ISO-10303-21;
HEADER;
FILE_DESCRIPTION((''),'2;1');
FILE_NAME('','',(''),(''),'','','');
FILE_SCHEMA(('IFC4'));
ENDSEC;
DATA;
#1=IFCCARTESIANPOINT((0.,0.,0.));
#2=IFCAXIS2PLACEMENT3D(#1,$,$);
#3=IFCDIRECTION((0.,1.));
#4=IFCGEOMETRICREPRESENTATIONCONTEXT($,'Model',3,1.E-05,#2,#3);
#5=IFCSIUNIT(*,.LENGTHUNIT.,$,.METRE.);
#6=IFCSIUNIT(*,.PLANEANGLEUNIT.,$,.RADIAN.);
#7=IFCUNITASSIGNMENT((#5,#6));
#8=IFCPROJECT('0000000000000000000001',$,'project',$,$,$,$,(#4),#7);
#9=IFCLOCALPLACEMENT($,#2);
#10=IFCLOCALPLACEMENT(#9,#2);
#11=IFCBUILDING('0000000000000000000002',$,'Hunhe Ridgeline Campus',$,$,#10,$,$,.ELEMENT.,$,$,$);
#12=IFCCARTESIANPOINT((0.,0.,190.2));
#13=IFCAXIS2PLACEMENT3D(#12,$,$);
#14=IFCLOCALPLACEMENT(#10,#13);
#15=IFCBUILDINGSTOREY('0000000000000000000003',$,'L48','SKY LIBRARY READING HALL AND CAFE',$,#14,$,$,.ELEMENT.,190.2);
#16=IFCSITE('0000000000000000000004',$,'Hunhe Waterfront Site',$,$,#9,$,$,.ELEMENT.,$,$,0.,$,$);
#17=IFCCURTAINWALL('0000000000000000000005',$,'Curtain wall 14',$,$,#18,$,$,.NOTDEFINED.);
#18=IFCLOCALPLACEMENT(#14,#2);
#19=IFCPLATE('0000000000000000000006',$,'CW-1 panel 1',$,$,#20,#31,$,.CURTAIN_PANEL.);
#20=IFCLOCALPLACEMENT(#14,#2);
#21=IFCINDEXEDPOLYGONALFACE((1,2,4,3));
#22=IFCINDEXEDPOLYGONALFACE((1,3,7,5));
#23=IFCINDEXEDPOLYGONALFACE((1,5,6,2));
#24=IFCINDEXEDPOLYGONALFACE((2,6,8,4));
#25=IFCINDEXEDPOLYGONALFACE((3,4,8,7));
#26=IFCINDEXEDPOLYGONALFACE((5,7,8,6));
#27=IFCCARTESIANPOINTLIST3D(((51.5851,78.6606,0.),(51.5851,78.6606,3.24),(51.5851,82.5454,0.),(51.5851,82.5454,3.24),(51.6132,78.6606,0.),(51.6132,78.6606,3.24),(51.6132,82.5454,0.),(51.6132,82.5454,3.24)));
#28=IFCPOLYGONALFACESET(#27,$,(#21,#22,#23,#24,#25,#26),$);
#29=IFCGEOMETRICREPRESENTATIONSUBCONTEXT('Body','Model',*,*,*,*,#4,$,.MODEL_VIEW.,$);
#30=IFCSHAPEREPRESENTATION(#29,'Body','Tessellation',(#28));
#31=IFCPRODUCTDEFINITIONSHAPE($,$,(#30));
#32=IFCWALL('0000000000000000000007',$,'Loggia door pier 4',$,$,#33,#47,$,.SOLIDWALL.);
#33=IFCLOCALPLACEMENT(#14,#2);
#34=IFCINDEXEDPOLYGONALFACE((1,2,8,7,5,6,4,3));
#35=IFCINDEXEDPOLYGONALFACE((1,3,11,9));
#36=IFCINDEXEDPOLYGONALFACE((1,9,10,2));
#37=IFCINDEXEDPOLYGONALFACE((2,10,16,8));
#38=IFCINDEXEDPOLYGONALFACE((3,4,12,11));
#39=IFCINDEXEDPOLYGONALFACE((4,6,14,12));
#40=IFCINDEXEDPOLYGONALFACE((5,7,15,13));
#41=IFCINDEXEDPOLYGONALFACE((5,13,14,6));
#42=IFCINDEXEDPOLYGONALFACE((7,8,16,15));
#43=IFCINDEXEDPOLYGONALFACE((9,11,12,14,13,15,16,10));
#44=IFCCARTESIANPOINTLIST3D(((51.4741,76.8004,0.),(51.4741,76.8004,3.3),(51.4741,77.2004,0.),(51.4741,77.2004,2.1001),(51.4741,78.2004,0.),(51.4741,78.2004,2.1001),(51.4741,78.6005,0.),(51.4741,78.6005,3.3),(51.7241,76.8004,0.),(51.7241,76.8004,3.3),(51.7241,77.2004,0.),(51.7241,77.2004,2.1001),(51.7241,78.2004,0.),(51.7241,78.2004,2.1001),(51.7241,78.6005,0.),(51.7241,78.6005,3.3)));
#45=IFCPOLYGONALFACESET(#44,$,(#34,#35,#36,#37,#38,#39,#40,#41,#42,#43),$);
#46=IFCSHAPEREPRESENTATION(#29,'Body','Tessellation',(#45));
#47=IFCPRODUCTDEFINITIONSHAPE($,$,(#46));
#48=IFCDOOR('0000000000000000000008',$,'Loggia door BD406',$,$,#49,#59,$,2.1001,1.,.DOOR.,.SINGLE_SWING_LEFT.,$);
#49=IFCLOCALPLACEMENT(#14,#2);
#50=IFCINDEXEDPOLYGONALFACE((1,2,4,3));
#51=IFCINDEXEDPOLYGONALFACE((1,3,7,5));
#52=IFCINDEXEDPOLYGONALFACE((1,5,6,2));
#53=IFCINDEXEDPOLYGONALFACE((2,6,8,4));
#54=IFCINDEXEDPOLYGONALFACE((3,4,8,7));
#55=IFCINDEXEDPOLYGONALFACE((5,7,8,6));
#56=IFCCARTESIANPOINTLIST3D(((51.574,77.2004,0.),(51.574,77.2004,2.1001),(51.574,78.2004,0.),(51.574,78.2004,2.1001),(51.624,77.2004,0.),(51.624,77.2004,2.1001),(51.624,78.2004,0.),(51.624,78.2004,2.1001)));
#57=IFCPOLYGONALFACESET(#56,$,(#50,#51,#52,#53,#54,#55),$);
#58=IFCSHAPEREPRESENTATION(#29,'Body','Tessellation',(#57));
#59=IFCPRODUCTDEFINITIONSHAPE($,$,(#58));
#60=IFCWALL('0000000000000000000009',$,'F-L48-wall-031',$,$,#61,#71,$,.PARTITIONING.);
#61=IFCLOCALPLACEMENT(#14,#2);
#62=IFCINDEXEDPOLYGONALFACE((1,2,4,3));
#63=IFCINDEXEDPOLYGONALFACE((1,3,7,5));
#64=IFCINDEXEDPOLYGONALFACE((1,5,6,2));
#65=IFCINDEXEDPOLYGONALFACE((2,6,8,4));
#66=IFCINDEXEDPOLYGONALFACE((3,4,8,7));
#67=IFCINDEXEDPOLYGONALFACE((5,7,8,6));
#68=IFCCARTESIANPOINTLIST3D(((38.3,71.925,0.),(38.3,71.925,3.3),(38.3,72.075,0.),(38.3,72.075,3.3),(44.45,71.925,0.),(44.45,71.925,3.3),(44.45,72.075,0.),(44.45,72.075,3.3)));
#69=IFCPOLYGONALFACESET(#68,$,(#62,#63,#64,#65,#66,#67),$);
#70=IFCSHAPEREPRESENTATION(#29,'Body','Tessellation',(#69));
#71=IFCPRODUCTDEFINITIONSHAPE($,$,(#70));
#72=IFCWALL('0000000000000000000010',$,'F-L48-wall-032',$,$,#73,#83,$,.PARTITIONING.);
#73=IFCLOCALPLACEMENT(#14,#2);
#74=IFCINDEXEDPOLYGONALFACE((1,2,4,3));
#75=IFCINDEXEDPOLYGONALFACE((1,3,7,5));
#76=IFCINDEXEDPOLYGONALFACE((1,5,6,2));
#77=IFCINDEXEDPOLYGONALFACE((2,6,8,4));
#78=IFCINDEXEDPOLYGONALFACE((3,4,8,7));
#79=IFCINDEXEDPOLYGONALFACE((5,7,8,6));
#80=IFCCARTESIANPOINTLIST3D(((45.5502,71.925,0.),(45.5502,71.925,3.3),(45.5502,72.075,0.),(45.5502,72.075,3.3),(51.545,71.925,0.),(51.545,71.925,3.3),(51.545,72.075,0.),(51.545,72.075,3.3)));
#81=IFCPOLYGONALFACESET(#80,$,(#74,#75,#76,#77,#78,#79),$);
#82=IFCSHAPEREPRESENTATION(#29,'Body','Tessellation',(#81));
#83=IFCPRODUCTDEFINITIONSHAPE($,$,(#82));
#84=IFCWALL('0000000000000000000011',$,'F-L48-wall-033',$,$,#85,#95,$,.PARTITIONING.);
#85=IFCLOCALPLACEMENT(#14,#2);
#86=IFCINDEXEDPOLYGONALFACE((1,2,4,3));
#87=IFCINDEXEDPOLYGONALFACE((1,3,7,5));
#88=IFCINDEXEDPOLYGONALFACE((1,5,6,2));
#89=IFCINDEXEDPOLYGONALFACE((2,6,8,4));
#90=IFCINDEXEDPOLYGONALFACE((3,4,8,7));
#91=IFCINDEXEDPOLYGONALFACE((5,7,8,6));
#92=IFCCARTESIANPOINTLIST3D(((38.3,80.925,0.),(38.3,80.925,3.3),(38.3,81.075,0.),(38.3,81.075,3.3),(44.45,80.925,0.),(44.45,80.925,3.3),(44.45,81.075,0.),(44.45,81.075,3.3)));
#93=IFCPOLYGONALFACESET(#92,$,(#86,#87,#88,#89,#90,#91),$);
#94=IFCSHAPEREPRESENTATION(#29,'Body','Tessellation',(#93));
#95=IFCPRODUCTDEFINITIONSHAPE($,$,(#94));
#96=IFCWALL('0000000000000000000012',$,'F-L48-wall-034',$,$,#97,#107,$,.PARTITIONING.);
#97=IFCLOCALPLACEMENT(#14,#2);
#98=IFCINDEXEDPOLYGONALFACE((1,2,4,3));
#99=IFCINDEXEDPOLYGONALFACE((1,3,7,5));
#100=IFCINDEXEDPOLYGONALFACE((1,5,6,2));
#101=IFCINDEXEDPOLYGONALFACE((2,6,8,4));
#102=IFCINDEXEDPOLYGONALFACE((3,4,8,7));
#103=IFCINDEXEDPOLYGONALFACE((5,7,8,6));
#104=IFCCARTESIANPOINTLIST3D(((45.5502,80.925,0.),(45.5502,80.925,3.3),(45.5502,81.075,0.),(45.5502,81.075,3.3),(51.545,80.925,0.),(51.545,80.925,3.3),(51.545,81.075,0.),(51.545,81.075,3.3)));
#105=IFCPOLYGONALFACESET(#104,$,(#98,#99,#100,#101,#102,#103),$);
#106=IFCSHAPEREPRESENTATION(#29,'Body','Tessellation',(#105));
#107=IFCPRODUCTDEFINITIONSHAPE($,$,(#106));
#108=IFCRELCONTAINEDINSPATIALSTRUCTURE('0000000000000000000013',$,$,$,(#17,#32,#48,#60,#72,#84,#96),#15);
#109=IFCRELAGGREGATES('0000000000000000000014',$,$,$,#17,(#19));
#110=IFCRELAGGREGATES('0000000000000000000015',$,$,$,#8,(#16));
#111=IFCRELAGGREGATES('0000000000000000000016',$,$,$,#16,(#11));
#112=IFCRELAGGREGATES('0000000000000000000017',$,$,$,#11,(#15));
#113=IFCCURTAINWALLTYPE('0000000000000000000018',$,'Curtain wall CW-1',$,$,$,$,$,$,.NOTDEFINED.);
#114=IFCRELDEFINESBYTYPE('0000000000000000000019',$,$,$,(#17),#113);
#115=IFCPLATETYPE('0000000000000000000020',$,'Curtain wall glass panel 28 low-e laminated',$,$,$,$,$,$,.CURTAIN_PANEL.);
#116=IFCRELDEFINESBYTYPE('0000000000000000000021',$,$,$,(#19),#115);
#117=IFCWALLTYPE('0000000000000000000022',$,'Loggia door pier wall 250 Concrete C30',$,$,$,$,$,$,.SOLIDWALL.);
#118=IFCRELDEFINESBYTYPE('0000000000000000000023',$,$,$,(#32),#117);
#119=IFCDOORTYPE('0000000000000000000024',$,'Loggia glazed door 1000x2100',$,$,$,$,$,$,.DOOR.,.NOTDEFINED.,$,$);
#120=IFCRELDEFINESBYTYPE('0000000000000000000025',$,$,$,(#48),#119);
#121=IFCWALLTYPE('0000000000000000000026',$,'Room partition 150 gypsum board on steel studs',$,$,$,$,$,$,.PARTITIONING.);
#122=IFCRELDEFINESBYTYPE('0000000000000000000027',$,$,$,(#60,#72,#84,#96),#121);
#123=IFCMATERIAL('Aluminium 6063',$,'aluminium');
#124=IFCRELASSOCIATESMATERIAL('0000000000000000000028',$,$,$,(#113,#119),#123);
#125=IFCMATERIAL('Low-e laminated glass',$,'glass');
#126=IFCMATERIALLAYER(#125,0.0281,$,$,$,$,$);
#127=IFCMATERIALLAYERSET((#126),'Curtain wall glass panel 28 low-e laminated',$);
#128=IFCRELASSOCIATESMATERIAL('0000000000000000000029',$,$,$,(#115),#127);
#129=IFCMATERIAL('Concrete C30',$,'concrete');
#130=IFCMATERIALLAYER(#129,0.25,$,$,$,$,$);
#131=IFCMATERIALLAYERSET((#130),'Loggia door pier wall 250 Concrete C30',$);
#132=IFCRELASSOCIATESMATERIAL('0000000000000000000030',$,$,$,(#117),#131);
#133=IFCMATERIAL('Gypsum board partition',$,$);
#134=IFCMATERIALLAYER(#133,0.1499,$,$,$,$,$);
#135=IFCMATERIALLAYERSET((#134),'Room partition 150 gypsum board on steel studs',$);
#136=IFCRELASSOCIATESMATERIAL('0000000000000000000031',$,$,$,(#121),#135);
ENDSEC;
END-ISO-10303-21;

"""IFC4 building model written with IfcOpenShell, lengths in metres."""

from ifc_helpers import new_model, si_unit, direction, frame, frame_2d, origin, origin_2d, place, context, subcontext, project, spatial, rectangle, extrude, material, layer, layer_set, type_object, element, fill, aggregate, save


model = new_model("IFC4")

# Units and contexts
model_context = context("Model", 3, precision=1e-05, world=origin(), true_north=direction((0.0, 1.0)))
body_context = subcontext(model_context, "Body", "Model", "MODEL_VIEW")
ifc_project = project(units=[si_unit("LENGTHUNIT", "METRE"), si_unit("PLANEANGLEUNIT", "RADIAN")], contexts=[model_context])

# Site, building, storey
site_placement = place(None, origin())
site = spatial("IfcSite", under=ifc_project, at=site_placement, Name="Hunhe Waterfront Site", CompositionType="ELEMENT", RefElevation=0.0)
building_placement = place(site_placement, origin())
building = spatial("IfcBuilding", under=site, at=building_placement, Name="Hunhe Ridgeline Campus", CompositionType="ELEMENT")
storey_placement = place(building_placement, frame((0.0, 0.0, 190.2)))
storey = spatial("IfcBuildingStorey", under=building, at=storey_placement, Name="L48", Description="SKY LIBRARY READING HALL AND CAFE", CompositionType="ELEMENT", Elevation=190.2)

# Curtain wall
ifc_material_1 = material(Name="Aluminium 6063", Category="aluminium")
curtain_wall_type = type_object("IfcCurtainWallType", Name="Curtain wall CW-1", PredefinedType="NOTDEFINED", material=ifc_material_1)
curtain_wall_1_placement = place(storey_placement, origin())
curtain_wall_1 = element("IfcCurtainWall", 1, at=curtain_wall_1_placement, inside=storey, type_object=curtain_wall_type, Name="Curtain wall 14", PredefinedType="NOTDEFINED")

# Plate
ifc_material_2 = material(Name="Low-e laminated glass", Category="glass")
ifc_layer_1 = layer(ifc_material_2, 0.0281)
ifc_layer_set_1 = layer_set([ifc_layer_1], Name="Curtain wall glass panel 28 low-e laminated")
plate_type = type_object("IfcPlateType", Name="Curtain wall glass panel 28 low-e laminated", PredefinedType="CURTAIN_PANEL", material=ifc_layer_set_1)
plate_1_placement = place(storey_placement, frame((51.5991, 80.603, 0.0), z_axis=(0.0, 0.0, 1.0), x_axis=(0.0, 1.0, 0.0)))
plate_1 = element("IfcPlate", 2, at=plate_1_placement, type_object=plate_type, Name="CW-1 panel 1", PredefinedType="CURTAIN_PANEL", context=body_context, shape_type="SweptSolid", body=[
    extrude(rectangle(XDim=3.8848, YDim=0.0281, at=origin_2d()), origin(), (0.0, 0.0, 1.0), 3.24),
])
aggregate(curtain_wall_1, [plate_1])

# Wall, opening, door
ifc_material_3 = material(Name="Concrete C30", Category="concrete")
ifc_layer_2 = layer(ifc_material_3, 0.25)
ifc_layer_set_2 = layer_set([ifc_layer_2], Name="Loggia door pier wall 250 Concrete C30")
wall_type_1 = type_object("IfcWallType", Name="Loggia door pier wall 250 Concrete C30", PredefinedType="SOLIDWALL", material=ifc_layer_set_2)
wall_1_placement = place(storey_placement, frame((51.5991, 76.8005, 0.0), z_axis=(0.0, 0.0, 1.0), x_axis=(0.0, 1.0, 0.0)))
wall_1 = element("IfcWall", 3, at=wall_1_placement, inside=storey, type_object=wall_type_1, Name="Loggia door pier 4", PredefinedType="SOLIDWALL", context=body_context, shape_type="SweptSolid", body=[
    extrude(rectangle(XDim=1.8, YDim=0.25, at=frame_2d((0.8999, 0.0))), origin(), (0.0, 0.0, 1.0), 3.3),
])
opening_placement = place(wall_1_placement, frame((0.3999, 0.0, 0.0)))
opening = element("IfcOpeningElement", 4, at=opening_placement, cuts=wall_1, PredefinedType="OPENING", context=body_context, shape_type="SweptSolid", body=[
    extrude(rectangle(XDim=1.0, YDim=2.1001, at=frame_2d((0.5, 1.05))), frame((0.0, 0.125, 0.0), z_axis=(0.0, -1.0, 0.0), x_axis=(1.0, 0.0, 0.0)), (0.0, 0.0, 1.0), 0.25),
])
door_type = type_object("IfcDoorType", Name="Loggia glazed door 1000x2100", OperationType="NOTDEFINED", PredefinedType="DOOR", material=ifc_material_1)
door_placement = place(opening_placement, frame((1.0, 0.0, 0.0), z_axis=(0.0, 0.0, 1.0), x_axis=(-1.0, 0.0, 0.0)))
door = element("IfcDoor", 5, at=door_placement, inside=storey, type_object=door_type, Name="Loggia door BD406", OperationType="SINGLE_SWING_LEFT", OverallHeight=2.1001, OverallWidth=1.0, PredefinedType="DOOR", context=body_context, shape_type="SweptSolid", body=[
    extrude(rectangle(XDim=1.0, YDim=2.1001, at=frame_2d((0.5, 1.05))), frame((0.0, 0.0249, 0.0), z_axis=(0.0, -1.0, 0.0), x_axis=(1.0, 0.0, 0.0)), (0.0, 0.0, 1.0), 0.05),
])
fill(opening, door)

# Walls
ifc_material_4 = material(Name="Gypsum board partition")
ifc_layer_3 = layer(ifc_material_4, 0.1499)
ifc_layer_set_3 = layer_set([ifc_layer_3], Name="Room partition 150 gypsum board on steel studs")
wall_type_2 = type_object("IfcWallType", Name="Room partition 150 gypsum board on steel studs", PredefinedType="PARTITIONING", material=ifc_layer_set_3)
wall_2_placement = place(storey_placement, frame((38.3, 72.0, 0.0), z_axis=(0.0, 0.0, 1.0), x_axis=(1.0, 0.0, 0.0)))
element("IfcWall", 6, at=wall_2_placement, inside=storey, type_object=wall_type_2, Name="F-L48-wall-031", PredefinedType="PARTITIONING", context=body_context, shape_type="SweptSolid", body=[
    extrude(rectangle(XDim=6.1499, YDim=0.1499, at=frame_2d((3.075, 0.0))), origin(), (0.0, 0.0, 1.0), 3.3),
])
wall_3_placement = place(storey_placement, frame((45.55, 72.0, 0.0), z_axis=(0.0, 0.0, 1.0), x_axis=(1.0, 0.0, 0.0)))
element("IfcWall", 7, at=wall_3_placement, inside=storey, type_object=wall_type_2, Name="F-L48-wall-032", PredefinedType="PARTITIONING", context=body_context, shape_type="SweptSolid", body=[
    extrude(rectangle(XDim=5.9949, YDim=0.1499, at=frame_2d((2.9976, 0.0))), origin(), (0.0, 0.0, 1.0), 3.3),
])
wall_4_placement = place(storey_placement, frame((38.3, 81.0, 0.0), z_axis=(0.0, 0.0, 1.0), x_axis=(1.0, 0.0, 0.0)))
element("IfcWall", 8, at=wall_4_placement, inside=storey, type_object=wall_type_2, Name="F-L48-wall-033", PredefinedType="PARTITIONING", context=body_context, shape_type="SweptSolid", body=[
    extrude(rectangle(XDim=6.1499, YDim=0.1499, at=frame_2d((3.075, 0.0))), origin(), (0.0, 0.0, 1.0), 3.3),
])
wall_5_placement = place(storey_placement, frame((45.55, 81.0, 0.0), z_axis=(0.0, 0.0, 1.0), x_axis=(1.0, 0.0, 0.0)))
element("IfcWall", 9, at=wall_5_placement, inside=storey, type_object=wall_type_2, Name="F-L48-wall-034", PredefinedType="PARTITIONING", context=body_context, shape_type="SweptSolid", body=[
    extrude(rectangle(XDim=5.9949, YDim=0.1499, at=frame_2d((2.9976, 0.0))), origin(), (0.0, 0.0, 1.0), 3.3),
])

save(model, "model.ifc")
